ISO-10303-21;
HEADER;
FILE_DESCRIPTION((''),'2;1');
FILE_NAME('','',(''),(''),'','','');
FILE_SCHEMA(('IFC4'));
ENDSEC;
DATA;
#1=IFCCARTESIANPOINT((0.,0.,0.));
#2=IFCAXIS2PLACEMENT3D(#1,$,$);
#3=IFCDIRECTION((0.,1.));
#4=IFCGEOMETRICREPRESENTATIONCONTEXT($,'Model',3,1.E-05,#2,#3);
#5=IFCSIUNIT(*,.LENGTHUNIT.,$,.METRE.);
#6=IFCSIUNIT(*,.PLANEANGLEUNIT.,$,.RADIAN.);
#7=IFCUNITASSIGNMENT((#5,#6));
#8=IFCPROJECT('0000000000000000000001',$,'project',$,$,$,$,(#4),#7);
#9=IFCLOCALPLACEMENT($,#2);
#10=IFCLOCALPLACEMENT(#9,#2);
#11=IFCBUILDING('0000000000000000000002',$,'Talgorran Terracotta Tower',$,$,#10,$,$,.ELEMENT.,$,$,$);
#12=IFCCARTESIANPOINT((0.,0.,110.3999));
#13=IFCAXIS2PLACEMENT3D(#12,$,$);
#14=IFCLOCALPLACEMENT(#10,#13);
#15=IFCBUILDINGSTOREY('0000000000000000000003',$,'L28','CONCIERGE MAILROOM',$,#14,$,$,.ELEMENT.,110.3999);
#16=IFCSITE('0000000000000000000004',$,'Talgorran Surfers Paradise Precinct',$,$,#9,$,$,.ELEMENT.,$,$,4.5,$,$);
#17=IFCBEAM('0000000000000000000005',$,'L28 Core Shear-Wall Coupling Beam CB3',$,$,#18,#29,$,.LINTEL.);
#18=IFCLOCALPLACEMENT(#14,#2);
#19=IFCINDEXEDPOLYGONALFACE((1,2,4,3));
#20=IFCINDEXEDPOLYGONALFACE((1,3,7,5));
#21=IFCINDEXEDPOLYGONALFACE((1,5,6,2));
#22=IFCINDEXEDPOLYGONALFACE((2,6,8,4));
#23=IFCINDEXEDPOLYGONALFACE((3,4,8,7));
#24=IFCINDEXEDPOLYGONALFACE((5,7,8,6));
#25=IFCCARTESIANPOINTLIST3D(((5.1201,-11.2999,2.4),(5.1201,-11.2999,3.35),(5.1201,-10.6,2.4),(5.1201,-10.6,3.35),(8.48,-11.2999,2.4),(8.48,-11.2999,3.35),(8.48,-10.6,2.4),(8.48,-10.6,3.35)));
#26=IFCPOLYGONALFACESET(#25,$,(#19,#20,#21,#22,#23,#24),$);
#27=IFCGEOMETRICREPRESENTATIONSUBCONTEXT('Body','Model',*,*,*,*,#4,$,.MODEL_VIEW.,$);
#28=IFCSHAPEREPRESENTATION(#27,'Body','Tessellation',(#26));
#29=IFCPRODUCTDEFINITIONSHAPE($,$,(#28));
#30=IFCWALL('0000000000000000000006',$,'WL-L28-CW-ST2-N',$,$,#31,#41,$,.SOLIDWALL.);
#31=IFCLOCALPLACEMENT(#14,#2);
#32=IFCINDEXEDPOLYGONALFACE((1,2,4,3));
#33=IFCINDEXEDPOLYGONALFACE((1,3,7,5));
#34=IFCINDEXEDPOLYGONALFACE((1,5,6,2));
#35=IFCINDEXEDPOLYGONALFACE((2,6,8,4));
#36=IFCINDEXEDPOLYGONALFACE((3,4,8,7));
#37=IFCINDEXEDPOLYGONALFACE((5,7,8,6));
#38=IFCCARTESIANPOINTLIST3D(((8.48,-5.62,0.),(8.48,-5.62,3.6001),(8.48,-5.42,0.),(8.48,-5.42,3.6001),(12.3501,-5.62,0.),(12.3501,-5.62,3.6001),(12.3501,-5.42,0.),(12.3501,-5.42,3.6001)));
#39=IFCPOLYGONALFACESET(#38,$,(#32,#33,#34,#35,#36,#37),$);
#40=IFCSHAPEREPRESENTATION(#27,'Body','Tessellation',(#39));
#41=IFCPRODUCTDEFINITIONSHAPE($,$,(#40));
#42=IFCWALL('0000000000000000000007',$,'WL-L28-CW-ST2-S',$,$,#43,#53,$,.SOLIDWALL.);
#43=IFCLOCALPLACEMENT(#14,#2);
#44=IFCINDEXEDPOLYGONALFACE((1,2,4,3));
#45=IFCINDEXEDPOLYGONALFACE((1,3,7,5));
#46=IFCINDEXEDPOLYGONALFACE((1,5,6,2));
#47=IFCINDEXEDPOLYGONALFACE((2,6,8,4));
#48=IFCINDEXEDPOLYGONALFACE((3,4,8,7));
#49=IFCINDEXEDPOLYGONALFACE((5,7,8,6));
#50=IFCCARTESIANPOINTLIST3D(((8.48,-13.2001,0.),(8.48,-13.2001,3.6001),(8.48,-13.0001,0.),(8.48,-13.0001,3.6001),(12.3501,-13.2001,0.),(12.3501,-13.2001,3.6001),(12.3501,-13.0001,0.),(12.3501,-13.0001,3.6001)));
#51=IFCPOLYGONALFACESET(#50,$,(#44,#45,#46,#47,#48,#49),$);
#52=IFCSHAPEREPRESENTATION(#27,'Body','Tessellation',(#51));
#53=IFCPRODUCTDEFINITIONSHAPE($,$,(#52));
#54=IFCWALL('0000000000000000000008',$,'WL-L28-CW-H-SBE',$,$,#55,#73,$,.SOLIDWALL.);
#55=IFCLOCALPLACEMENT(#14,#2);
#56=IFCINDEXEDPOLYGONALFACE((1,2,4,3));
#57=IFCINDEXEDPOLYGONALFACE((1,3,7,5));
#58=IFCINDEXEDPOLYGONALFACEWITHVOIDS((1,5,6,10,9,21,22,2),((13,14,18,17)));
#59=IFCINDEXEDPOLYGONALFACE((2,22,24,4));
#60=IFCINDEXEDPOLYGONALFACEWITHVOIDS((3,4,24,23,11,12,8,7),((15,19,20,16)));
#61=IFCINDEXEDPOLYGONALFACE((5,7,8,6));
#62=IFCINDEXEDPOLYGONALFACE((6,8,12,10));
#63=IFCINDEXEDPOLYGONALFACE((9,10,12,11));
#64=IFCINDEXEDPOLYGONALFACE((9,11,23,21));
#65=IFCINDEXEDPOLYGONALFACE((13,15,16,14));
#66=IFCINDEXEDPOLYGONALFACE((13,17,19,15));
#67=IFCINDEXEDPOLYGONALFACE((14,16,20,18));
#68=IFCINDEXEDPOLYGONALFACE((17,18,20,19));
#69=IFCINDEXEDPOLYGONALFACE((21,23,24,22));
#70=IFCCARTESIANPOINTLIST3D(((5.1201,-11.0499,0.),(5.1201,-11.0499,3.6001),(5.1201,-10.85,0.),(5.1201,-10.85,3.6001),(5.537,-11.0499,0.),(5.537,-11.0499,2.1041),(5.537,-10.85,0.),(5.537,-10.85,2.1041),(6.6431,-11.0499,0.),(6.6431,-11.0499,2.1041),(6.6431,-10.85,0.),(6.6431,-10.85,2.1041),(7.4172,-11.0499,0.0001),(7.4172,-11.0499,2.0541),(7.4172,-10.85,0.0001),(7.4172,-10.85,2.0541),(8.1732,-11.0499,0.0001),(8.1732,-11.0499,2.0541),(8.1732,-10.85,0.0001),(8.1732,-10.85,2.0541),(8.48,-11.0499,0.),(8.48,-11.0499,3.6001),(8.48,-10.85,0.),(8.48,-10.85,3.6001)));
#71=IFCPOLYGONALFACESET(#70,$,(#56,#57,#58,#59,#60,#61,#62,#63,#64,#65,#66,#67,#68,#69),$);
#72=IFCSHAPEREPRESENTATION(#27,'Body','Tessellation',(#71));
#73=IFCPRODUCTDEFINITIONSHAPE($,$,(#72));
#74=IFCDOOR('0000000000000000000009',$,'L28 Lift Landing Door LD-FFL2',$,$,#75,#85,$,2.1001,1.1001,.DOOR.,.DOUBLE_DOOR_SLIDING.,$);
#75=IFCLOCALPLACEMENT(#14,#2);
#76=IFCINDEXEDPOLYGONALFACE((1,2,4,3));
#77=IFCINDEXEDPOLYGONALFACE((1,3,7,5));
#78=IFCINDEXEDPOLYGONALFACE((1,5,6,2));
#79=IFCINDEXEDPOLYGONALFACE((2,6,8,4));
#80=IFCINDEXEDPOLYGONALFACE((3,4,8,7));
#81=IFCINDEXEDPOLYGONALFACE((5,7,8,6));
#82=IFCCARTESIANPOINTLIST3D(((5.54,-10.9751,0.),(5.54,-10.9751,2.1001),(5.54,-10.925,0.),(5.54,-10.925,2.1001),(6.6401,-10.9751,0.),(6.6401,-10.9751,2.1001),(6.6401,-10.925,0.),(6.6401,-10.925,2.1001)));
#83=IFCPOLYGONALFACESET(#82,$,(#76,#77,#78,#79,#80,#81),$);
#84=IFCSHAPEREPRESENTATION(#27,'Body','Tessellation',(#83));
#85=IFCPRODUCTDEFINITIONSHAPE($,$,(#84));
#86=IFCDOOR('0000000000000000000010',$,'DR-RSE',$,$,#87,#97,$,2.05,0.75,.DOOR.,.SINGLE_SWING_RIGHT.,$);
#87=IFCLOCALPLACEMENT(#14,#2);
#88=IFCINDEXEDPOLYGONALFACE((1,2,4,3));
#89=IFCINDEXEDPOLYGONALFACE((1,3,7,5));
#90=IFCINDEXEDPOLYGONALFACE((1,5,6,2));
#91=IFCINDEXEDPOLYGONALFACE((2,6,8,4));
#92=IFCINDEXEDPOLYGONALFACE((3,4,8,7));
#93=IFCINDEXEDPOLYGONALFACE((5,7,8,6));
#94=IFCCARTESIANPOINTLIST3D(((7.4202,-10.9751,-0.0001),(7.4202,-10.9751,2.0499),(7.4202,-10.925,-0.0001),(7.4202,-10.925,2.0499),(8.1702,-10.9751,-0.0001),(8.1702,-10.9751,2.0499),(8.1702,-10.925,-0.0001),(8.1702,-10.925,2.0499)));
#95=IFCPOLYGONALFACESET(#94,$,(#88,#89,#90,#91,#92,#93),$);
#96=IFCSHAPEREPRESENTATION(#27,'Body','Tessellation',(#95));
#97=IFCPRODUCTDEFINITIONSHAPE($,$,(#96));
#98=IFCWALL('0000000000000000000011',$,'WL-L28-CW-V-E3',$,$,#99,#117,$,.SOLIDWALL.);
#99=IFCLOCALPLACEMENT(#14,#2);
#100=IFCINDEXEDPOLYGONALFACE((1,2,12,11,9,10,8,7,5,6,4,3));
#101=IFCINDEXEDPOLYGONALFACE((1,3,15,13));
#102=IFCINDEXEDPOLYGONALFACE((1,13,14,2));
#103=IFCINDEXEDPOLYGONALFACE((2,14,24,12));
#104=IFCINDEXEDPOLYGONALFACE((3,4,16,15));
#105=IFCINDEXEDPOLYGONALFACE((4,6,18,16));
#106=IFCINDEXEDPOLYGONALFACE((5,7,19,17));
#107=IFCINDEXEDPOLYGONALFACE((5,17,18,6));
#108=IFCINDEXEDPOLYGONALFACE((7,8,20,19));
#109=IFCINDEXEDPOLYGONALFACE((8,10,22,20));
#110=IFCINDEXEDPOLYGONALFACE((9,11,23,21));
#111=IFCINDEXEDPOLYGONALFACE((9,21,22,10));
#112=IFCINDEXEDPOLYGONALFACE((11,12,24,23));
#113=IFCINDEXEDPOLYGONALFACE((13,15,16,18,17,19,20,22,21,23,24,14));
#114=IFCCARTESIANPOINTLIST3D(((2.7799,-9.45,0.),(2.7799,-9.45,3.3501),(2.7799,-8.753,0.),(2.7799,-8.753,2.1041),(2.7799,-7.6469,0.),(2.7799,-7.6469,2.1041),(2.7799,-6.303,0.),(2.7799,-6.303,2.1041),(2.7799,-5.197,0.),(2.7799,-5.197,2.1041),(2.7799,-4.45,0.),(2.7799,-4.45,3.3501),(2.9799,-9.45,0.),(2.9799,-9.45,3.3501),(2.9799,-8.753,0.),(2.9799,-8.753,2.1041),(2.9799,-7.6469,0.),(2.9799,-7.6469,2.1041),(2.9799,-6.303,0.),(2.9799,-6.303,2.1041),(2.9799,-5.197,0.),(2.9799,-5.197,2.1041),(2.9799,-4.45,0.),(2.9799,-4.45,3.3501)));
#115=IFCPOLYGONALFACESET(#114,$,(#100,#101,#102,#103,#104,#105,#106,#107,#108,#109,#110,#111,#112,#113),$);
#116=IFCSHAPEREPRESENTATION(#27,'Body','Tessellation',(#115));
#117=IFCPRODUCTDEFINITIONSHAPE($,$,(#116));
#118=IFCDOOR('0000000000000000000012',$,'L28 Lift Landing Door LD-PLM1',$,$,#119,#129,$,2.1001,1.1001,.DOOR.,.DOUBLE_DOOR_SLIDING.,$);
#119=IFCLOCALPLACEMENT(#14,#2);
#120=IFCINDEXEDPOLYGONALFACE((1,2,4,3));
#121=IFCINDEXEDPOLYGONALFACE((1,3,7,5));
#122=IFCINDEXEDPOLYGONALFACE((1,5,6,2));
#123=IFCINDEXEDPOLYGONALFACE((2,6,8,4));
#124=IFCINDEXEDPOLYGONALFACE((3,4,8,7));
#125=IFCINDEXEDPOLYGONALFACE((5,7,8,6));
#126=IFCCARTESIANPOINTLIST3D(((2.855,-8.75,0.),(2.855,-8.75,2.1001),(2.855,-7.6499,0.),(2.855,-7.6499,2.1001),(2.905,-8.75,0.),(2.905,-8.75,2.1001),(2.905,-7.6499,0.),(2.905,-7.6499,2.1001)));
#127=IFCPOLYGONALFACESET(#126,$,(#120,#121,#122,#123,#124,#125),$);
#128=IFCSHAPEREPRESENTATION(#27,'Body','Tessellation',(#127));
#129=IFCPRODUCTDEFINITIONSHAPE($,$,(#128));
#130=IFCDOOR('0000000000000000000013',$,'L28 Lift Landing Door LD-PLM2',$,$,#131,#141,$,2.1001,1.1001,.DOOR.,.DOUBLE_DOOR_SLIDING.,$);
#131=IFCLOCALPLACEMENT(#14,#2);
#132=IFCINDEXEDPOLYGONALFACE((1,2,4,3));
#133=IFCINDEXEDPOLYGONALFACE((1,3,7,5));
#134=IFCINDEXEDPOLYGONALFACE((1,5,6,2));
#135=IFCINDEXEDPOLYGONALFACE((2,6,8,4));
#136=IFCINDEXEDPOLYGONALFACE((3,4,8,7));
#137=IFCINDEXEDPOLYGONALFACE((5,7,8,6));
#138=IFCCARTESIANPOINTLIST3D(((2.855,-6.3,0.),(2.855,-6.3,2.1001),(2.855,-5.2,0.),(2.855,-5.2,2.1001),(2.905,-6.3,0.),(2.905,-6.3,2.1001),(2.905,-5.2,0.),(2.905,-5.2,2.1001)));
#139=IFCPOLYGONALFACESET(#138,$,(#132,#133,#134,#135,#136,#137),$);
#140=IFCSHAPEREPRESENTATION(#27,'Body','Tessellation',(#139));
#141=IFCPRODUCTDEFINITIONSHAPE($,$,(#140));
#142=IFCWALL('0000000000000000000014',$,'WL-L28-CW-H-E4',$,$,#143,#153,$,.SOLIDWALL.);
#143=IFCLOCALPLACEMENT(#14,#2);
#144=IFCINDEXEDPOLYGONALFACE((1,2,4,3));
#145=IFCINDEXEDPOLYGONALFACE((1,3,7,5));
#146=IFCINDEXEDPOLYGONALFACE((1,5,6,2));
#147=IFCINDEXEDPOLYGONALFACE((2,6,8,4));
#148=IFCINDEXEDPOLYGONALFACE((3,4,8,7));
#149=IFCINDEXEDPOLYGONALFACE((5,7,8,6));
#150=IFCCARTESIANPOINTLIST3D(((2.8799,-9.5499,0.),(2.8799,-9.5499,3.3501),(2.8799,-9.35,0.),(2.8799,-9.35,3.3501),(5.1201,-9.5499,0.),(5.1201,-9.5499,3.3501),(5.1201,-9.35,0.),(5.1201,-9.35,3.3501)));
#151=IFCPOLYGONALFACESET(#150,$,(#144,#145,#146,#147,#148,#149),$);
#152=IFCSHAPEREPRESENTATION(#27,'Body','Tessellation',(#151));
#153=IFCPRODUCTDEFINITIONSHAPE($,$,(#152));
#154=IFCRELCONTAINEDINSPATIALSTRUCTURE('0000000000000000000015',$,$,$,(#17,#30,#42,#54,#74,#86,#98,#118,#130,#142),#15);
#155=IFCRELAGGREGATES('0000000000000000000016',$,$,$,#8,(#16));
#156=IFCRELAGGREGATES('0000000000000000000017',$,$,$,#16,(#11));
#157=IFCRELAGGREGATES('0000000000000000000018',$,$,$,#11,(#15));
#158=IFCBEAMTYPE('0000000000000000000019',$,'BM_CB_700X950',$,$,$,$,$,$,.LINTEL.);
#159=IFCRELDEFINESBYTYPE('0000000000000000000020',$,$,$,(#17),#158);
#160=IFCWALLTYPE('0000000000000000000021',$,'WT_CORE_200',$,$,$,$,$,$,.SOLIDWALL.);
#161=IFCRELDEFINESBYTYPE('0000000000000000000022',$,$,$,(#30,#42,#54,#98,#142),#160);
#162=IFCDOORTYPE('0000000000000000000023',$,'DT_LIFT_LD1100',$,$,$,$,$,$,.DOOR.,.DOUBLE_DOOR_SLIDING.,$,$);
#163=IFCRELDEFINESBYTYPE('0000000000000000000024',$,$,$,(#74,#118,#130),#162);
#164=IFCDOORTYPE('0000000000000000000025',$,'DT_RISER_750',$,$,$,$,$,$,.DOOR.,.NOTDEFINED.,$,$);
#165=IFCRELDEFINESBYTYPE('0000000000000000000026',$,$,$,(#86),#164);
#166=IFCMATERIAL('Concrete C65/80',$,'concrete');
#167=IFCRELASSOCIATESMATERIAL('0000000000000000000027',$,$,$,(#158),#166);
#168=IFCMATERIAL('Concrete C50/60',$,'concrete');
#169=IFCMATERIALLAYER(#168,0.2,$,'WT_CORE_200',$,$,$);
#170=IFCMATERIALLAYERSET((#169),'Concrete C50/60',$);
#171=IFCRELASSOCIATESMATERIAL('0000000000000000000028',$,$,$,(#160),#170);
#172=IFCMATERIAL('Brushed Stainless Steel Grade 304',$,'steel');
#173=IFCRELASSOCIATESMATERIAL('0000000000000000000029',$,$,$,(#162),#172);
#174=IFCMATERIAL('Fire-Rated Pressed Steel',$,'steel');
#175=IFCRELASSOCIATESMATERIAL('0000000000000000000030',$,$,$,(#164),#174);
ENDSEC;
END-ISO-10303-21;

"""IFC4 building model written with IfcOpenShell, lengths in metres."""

from ifc_helpers import new_model, si_unit, direction, frame, frame_2d, origin, origin_2d, place, context, subcontext, project, spatial, rectangle, extrude, material, layer, layer_set, material_profile, profile_set, type_object, element, fill, save


model = new_model("IFC4")

# Units and contexts
model_context = context("Model", 3, precision=1e-05, world=origin(), true_north=direction((0.0, 1.0)))
body_context = subcontext(model_context, "Body", "Model", "MODEL_VIEW")
ifc_project = project(units=[si_unit("LENGTHUNIT", "METRE"), si_unit("PLANEANGLEUNIT", "RADIAN")], contexts=[model_context])

# Site, building, storey
site_placement = place(None, origin())
site = spatial("IfcSite", under=ifc_project, at=site_placement, Name="Talgorran Surfers Paradise Precinct", CompositionType="ELEMENT", RefElevation=4.5)
building_placement = place(site_placement, origin())
building = spatial("IfcBuilding", under=site, at=building_placement, Name="Talgorran Terracotta Tower", CompositionType="ELEMENT")
storey_placement = place(building_placement, frame((0.0, 0.0, 110.3999)))
storey = spatial("IfcBuildingStorey", under=building, at=storey_placement, Name="L28", Description="CONCIERGE MAILROOM", CompositionType="ELEMENT", Elevation=110.3999)

# Beam
ifc_material_1 = material(Name="Concrete C65/80", Category="concrete")
ifc_material_profile = material_profile(ifc_material_1, rectangle(XDim=0.7, YDim=0.95, at=origin_2d()), Name="RCCB700X950")
ifc_profile_set = profile_set([ifc_material_profile], Name="Concrete C65/80")
beam_type = type_object("IfcBeamType", Name="BM_CB_700X950", PredefinedType="LINTEL", material=ifc_profile_set)
beam_placement = place(storey_placement, frame((5.1201, -10.95, 2.875), z_axis=(1.0, 0.0, 0.0), x_axis=(0.0, 1.0, 0.0)))
element("IfcBeam", 1, at=beam_placement, inside=storey, type_object=beam_type, Name="L28 Core Shear-Wall Coupling Beam CB3", PredefinedType="LINTEL", context=body_context, shape_type="SweptSolid", body=[
    extrude(rectangle(XDim=0.7, YDim=0.95, at=origin_2d()), origin(), (0.0, 0.0, 1.0), 3.3599),
])

# Walls
ifc_material_2 = material(Name="Concrete C50/60", Category="concrete")
ifc_layer_1 = layer(ifc_material_2, 0.2, Name="WT_CORE_200")
ifc_layer_set_1 = layer_set([ifc_layer_1], Name="Concrete C50/60")
wall_type_1 = type_object("IfcWallType", Name="WT_CORE_200", PredefinedType="SOLIDWALL", material=ifc_layer_set_1)
for number, where, z_axis, x_axis, name in (
    (2, (8.48, -5.52, 0.0), (0.0, 0.0, 1.0), (1.0, 0.0, 0.0), "WL-L28-CW-ST2-N"),
    (3, (8.48, -13.1001, 0.0), (0.0, 0.0, 1.0), (1.0, 0.0, 0.0), "WL-L28-CW-ST2-S"),
):
    element("IfcWall", number, at=place(storey_placement, frame(where, z_axis=z_axis, x_axis=x_axis)), inside=storey, type_object=wall_type_1, Name=name, PredefinedType="SOLIDWALL", context=body_context, shape_type="SweptSolid", body=[
        extrude(rectangle(XDim=3.8701, YDim=0.2, at=frame_2d((1.9351, 0.0))), origin(), (0.0, 0.0, 1.0), 3.6001),
    ])

# Walls, openings, doors
wall_1_placement = place(storey_placement, frame((5.1201, -10.95, 0.0), z_axis=(0.0, 0.0, 1.0), x_axis=(1.0, 0.0, 0.0)))
wall_1 = element("IfcWall", 4, at=wall_1_placement, inside=storey, type_object=wall_type_1, Name="WL-L28-CW-H-SBE", PredefinedType="SOLIDWALL", context=body_context, shape_type="SweptSolid", body=[
    extrude(rectangle(XDim=3.3599, YDim=0.2, at=frame_2d((1.6799, 0.0))), origin(), (0.0, 0.0, 1.0), 3.6001),
])
opening_1_placement = place(wall_1_placement, frame((0.4199, 0.0, 0.0)))
opening_1 = element("IfcOpeningElement", 5, at=opening_1_placement, cuts=wall_1, PredefinedType="OPENING", context=body_context, shape_type="SweptSolid", body=[
    extrude(rectangle(XDim=1.1061, YDim=2.1041, at=frame_2d((0.55, 1.052))), frame((0.0, 0.1099, 0.0), z_axis=(0.0, -1.0, 0.0), x_axis=(1.0, 0.0, 0.0)), (0.0, 0.0, 1.0), 0.22),
])
opening_2_placement = place(wall_1_placement, frame((2.3, 0.0, 0.0)))
opening_2 = element("IfcOpeningElement", 6, at=opening_2_placement, cuts=wall_1, PredefinedType="OPENING", context=body_context, shape_type="SweptSolid", body=[
    extrude(rectangle(XDim=0.756, YDim=2.054, at=frame_2d((0.375, 1.0271))), frame((0.0, 0.1099, 0.0), z_axis=(0.0, -1.0, 0.0), x_axis=(1.0, 0.0, 0.0)), (0.0, 0.0, 1.0), 0.22),
])
ifc_material_3 = material(Name="Brushed Stainless Steel Grade 304", Category="steel")
door_type_1 = type_object("IfcDoorType", Name="DT_LIFT_LD1100", OperationType="DOUBLE_DOOR_SLIDING", PredefinedType="DOOR", material=ifc_material_3)
door_1_placement = place(opening_1_placement, origin())
door_1 = element("IfcDoor", 7, at=door_1_placement, inside=storey, type_object=door_type_1, Name="L28 Lift Landing Door LD-FFL2", OperationType="DOUBLE_DOOR_SLIDING", OverallHeight=2.1001, OverallWidth=1.1001, PredefinedType="DOOR", context=body_context, shape_type="SweptSolid", body=[
    extrude(rectangle(XDim=1.1001, YDim=2.1001, at=frame_2d((0.55, 1.05))), frame((0.0, 0.0249, 0.0), z_axis=(0.0, -1.0, 0.0), x_axis=(1.0, 0.0, 0.0)), (0.0, 0.0, 1.0), 0.05),
])
fill(opening_1, door_1)
ifc_material_4 = material(Name="Fire-Rated Pressed Steel", Category="steel")
door_type_2 = type_object("IfcDoorType", Name="DT_RISER_750", OperationType="NOTDEFINED", PredefinedType="DOOR", material=ifc_material_4)
door_2_placement = place(opening_2_placement, origin())
door_2 = element("IfcDoor", 8, at=door_2_placement, inside=storey, type_object=door_type_2, Name="DR-RSE", OperationType="SINGLE_SWING_RIGHT", OverallHeight=2.05, OverallWidth=0.75, PredefinedType="DOOR", context=body_context, shape_type="SweptSolid", body=[
    extrude(rectangle(XDim=0.75, YDim=2.05, at=frame_2d((0.375, 1.0249))), frame((0.0, 0.0249, 0.0), z_axis=(0.0, -1.0, 0.0), x_axis=(1.0, 0.0, 0.0)), (0.0, 0.0, 1.0), 0.05),
])
fill(opening_2, door_2)
wall_2_placement = place(storey_placement, frame((2.8799, -9.45, 0.0), z_axis=(0.0, 0.0, 1.0), x_axis=(0.0, 1.0, 0.0)))
wall_2 = element("IfcWall", 9, at=wall_2_placement, inside=storey, type_object=wall_type_1, Name="WL-L28-CW-V-E3", PredefinedType="SOLIDWALL", context=body_context, shape_type="SweptSolid", body=[
    extrude(rectangle(XDim=5.0, YDim=0.2, at=frame_2d((2.5, 0.0))), origin(), (0.0, 0.0, 1.0), 3.3501),
])
opening_3_placement = place(wall_2_placement, frame((0.7, 0.0, 0.0)))
opening_3 = element("IfcOpeningElement", 10, at=opening_3_placement, cuts=wall_2, PredefinedType="OPENING", context=body_context, shape_type="SweptSolid", body=[
    extrude(rectangle(XDim=1.1061, YDim=2.1041, at=frame_2d((0.55, 1.052))), frame((0.0, 0.1099, 0.0), z_axis=(0.0, -1.0, 0.0), x_axis=(1.0, 0.0, 0.0)), (0.0, 0.0, 1.0), 0.22),
])
opening_4_placement = place(wall_2_placement, frame((3.1499, 0.0, 0.0)))
opening_4 = element("IfcOpeningElement", 11, at=opening_4_placement, cuts=wall_2, PredefinedType="OPENING", context=body_context, shape_type="SweptSolid", body=[
    extrude(rectangle(XDim=1.1061, YDim=2.1041, at=frame_2d((0.55, 1.052))), frame((0.0, 0.1099, 0.0), z_axis=(0.0, -1.0, 0.0), x_axis=(1.0, 0.0, 0.0)), (0.0, 0.0, 1.0), 0.22),
])
door_3_placement = place(opening_3_placement, origin())
door_3 = element("IfcDoor", 12, at=door_3_placement, inside=storey, type_object=door_type_1, Name="L28 Lift Landing Door LD-PLM1", OperationType="DOUBLE_DOOR_SLIDING", OverallHeight=2.1001, OverallWidth=1.1001, PredefinedType="DOOR", context=body_context, shape_type="SweptSolid", body=[
    extrude(rectangle(XDim=1.1001, YDim=2.1001, at=frame_2d((0.55, 1.05))), frame((0.0, 0.0249, 0.0), z_axis=(0.0, -1.0, 0.0), x_axis=(1.0, 0.0, 0.0)), (0.0, 0.0, 1.0), 0.05),
])
fill(opening_3, door_3)
door_4_placement = place(opening_4_placement, origin())
door_4 = element("IfcDoor", 13, at=door_4_placement, inside=storey, type_object=door_type_1, Name="L28 Lift Landing Door LD-PLM2", OperationType="DOUBLE_DOOR_SLIDING", OverallHeight=2.1001, OverallWidth=1.1001, PredefinedType="DOOR", context=body_context, shape_type="SweptSolid", body=[
    extrude(rectangle(XDim=1.1001, YDim=2.1001, at=frame_2d((0.55, 1.05))), frame((0.0, 0.0249, 0.0), z_axis=(0.0, -1.0, 0.0), x_axis=(1.0, 0.0, 0.0)), (0.0, 0.0, 1.0), 0.05),
])
fill(opening_4, door_4)

# Wall
wall_3_placement = place(storey_placement, frame((2.8799, -9.45, 0.0), z_axis=(0.0, 0.0, 1.0), x_axis=(1.0, 0.0, 0.0)))
element("IfcWall", 14, at=wall_3_placement, inside=storey, type_object=wall_type_1, Name="WL-L28-CW-H-E4", PredefinedType="SOLIDWALL", context=body_context, shape_type="SweptSolid", body=[
    extrude(rectangle(XDim=2.2402, YDim=0.2, at=frame_2d((1.1201, 0.0))), origin(), (0.0, 0.0, 1.0), 3.3501),
])

save(model, "model.ifc")
